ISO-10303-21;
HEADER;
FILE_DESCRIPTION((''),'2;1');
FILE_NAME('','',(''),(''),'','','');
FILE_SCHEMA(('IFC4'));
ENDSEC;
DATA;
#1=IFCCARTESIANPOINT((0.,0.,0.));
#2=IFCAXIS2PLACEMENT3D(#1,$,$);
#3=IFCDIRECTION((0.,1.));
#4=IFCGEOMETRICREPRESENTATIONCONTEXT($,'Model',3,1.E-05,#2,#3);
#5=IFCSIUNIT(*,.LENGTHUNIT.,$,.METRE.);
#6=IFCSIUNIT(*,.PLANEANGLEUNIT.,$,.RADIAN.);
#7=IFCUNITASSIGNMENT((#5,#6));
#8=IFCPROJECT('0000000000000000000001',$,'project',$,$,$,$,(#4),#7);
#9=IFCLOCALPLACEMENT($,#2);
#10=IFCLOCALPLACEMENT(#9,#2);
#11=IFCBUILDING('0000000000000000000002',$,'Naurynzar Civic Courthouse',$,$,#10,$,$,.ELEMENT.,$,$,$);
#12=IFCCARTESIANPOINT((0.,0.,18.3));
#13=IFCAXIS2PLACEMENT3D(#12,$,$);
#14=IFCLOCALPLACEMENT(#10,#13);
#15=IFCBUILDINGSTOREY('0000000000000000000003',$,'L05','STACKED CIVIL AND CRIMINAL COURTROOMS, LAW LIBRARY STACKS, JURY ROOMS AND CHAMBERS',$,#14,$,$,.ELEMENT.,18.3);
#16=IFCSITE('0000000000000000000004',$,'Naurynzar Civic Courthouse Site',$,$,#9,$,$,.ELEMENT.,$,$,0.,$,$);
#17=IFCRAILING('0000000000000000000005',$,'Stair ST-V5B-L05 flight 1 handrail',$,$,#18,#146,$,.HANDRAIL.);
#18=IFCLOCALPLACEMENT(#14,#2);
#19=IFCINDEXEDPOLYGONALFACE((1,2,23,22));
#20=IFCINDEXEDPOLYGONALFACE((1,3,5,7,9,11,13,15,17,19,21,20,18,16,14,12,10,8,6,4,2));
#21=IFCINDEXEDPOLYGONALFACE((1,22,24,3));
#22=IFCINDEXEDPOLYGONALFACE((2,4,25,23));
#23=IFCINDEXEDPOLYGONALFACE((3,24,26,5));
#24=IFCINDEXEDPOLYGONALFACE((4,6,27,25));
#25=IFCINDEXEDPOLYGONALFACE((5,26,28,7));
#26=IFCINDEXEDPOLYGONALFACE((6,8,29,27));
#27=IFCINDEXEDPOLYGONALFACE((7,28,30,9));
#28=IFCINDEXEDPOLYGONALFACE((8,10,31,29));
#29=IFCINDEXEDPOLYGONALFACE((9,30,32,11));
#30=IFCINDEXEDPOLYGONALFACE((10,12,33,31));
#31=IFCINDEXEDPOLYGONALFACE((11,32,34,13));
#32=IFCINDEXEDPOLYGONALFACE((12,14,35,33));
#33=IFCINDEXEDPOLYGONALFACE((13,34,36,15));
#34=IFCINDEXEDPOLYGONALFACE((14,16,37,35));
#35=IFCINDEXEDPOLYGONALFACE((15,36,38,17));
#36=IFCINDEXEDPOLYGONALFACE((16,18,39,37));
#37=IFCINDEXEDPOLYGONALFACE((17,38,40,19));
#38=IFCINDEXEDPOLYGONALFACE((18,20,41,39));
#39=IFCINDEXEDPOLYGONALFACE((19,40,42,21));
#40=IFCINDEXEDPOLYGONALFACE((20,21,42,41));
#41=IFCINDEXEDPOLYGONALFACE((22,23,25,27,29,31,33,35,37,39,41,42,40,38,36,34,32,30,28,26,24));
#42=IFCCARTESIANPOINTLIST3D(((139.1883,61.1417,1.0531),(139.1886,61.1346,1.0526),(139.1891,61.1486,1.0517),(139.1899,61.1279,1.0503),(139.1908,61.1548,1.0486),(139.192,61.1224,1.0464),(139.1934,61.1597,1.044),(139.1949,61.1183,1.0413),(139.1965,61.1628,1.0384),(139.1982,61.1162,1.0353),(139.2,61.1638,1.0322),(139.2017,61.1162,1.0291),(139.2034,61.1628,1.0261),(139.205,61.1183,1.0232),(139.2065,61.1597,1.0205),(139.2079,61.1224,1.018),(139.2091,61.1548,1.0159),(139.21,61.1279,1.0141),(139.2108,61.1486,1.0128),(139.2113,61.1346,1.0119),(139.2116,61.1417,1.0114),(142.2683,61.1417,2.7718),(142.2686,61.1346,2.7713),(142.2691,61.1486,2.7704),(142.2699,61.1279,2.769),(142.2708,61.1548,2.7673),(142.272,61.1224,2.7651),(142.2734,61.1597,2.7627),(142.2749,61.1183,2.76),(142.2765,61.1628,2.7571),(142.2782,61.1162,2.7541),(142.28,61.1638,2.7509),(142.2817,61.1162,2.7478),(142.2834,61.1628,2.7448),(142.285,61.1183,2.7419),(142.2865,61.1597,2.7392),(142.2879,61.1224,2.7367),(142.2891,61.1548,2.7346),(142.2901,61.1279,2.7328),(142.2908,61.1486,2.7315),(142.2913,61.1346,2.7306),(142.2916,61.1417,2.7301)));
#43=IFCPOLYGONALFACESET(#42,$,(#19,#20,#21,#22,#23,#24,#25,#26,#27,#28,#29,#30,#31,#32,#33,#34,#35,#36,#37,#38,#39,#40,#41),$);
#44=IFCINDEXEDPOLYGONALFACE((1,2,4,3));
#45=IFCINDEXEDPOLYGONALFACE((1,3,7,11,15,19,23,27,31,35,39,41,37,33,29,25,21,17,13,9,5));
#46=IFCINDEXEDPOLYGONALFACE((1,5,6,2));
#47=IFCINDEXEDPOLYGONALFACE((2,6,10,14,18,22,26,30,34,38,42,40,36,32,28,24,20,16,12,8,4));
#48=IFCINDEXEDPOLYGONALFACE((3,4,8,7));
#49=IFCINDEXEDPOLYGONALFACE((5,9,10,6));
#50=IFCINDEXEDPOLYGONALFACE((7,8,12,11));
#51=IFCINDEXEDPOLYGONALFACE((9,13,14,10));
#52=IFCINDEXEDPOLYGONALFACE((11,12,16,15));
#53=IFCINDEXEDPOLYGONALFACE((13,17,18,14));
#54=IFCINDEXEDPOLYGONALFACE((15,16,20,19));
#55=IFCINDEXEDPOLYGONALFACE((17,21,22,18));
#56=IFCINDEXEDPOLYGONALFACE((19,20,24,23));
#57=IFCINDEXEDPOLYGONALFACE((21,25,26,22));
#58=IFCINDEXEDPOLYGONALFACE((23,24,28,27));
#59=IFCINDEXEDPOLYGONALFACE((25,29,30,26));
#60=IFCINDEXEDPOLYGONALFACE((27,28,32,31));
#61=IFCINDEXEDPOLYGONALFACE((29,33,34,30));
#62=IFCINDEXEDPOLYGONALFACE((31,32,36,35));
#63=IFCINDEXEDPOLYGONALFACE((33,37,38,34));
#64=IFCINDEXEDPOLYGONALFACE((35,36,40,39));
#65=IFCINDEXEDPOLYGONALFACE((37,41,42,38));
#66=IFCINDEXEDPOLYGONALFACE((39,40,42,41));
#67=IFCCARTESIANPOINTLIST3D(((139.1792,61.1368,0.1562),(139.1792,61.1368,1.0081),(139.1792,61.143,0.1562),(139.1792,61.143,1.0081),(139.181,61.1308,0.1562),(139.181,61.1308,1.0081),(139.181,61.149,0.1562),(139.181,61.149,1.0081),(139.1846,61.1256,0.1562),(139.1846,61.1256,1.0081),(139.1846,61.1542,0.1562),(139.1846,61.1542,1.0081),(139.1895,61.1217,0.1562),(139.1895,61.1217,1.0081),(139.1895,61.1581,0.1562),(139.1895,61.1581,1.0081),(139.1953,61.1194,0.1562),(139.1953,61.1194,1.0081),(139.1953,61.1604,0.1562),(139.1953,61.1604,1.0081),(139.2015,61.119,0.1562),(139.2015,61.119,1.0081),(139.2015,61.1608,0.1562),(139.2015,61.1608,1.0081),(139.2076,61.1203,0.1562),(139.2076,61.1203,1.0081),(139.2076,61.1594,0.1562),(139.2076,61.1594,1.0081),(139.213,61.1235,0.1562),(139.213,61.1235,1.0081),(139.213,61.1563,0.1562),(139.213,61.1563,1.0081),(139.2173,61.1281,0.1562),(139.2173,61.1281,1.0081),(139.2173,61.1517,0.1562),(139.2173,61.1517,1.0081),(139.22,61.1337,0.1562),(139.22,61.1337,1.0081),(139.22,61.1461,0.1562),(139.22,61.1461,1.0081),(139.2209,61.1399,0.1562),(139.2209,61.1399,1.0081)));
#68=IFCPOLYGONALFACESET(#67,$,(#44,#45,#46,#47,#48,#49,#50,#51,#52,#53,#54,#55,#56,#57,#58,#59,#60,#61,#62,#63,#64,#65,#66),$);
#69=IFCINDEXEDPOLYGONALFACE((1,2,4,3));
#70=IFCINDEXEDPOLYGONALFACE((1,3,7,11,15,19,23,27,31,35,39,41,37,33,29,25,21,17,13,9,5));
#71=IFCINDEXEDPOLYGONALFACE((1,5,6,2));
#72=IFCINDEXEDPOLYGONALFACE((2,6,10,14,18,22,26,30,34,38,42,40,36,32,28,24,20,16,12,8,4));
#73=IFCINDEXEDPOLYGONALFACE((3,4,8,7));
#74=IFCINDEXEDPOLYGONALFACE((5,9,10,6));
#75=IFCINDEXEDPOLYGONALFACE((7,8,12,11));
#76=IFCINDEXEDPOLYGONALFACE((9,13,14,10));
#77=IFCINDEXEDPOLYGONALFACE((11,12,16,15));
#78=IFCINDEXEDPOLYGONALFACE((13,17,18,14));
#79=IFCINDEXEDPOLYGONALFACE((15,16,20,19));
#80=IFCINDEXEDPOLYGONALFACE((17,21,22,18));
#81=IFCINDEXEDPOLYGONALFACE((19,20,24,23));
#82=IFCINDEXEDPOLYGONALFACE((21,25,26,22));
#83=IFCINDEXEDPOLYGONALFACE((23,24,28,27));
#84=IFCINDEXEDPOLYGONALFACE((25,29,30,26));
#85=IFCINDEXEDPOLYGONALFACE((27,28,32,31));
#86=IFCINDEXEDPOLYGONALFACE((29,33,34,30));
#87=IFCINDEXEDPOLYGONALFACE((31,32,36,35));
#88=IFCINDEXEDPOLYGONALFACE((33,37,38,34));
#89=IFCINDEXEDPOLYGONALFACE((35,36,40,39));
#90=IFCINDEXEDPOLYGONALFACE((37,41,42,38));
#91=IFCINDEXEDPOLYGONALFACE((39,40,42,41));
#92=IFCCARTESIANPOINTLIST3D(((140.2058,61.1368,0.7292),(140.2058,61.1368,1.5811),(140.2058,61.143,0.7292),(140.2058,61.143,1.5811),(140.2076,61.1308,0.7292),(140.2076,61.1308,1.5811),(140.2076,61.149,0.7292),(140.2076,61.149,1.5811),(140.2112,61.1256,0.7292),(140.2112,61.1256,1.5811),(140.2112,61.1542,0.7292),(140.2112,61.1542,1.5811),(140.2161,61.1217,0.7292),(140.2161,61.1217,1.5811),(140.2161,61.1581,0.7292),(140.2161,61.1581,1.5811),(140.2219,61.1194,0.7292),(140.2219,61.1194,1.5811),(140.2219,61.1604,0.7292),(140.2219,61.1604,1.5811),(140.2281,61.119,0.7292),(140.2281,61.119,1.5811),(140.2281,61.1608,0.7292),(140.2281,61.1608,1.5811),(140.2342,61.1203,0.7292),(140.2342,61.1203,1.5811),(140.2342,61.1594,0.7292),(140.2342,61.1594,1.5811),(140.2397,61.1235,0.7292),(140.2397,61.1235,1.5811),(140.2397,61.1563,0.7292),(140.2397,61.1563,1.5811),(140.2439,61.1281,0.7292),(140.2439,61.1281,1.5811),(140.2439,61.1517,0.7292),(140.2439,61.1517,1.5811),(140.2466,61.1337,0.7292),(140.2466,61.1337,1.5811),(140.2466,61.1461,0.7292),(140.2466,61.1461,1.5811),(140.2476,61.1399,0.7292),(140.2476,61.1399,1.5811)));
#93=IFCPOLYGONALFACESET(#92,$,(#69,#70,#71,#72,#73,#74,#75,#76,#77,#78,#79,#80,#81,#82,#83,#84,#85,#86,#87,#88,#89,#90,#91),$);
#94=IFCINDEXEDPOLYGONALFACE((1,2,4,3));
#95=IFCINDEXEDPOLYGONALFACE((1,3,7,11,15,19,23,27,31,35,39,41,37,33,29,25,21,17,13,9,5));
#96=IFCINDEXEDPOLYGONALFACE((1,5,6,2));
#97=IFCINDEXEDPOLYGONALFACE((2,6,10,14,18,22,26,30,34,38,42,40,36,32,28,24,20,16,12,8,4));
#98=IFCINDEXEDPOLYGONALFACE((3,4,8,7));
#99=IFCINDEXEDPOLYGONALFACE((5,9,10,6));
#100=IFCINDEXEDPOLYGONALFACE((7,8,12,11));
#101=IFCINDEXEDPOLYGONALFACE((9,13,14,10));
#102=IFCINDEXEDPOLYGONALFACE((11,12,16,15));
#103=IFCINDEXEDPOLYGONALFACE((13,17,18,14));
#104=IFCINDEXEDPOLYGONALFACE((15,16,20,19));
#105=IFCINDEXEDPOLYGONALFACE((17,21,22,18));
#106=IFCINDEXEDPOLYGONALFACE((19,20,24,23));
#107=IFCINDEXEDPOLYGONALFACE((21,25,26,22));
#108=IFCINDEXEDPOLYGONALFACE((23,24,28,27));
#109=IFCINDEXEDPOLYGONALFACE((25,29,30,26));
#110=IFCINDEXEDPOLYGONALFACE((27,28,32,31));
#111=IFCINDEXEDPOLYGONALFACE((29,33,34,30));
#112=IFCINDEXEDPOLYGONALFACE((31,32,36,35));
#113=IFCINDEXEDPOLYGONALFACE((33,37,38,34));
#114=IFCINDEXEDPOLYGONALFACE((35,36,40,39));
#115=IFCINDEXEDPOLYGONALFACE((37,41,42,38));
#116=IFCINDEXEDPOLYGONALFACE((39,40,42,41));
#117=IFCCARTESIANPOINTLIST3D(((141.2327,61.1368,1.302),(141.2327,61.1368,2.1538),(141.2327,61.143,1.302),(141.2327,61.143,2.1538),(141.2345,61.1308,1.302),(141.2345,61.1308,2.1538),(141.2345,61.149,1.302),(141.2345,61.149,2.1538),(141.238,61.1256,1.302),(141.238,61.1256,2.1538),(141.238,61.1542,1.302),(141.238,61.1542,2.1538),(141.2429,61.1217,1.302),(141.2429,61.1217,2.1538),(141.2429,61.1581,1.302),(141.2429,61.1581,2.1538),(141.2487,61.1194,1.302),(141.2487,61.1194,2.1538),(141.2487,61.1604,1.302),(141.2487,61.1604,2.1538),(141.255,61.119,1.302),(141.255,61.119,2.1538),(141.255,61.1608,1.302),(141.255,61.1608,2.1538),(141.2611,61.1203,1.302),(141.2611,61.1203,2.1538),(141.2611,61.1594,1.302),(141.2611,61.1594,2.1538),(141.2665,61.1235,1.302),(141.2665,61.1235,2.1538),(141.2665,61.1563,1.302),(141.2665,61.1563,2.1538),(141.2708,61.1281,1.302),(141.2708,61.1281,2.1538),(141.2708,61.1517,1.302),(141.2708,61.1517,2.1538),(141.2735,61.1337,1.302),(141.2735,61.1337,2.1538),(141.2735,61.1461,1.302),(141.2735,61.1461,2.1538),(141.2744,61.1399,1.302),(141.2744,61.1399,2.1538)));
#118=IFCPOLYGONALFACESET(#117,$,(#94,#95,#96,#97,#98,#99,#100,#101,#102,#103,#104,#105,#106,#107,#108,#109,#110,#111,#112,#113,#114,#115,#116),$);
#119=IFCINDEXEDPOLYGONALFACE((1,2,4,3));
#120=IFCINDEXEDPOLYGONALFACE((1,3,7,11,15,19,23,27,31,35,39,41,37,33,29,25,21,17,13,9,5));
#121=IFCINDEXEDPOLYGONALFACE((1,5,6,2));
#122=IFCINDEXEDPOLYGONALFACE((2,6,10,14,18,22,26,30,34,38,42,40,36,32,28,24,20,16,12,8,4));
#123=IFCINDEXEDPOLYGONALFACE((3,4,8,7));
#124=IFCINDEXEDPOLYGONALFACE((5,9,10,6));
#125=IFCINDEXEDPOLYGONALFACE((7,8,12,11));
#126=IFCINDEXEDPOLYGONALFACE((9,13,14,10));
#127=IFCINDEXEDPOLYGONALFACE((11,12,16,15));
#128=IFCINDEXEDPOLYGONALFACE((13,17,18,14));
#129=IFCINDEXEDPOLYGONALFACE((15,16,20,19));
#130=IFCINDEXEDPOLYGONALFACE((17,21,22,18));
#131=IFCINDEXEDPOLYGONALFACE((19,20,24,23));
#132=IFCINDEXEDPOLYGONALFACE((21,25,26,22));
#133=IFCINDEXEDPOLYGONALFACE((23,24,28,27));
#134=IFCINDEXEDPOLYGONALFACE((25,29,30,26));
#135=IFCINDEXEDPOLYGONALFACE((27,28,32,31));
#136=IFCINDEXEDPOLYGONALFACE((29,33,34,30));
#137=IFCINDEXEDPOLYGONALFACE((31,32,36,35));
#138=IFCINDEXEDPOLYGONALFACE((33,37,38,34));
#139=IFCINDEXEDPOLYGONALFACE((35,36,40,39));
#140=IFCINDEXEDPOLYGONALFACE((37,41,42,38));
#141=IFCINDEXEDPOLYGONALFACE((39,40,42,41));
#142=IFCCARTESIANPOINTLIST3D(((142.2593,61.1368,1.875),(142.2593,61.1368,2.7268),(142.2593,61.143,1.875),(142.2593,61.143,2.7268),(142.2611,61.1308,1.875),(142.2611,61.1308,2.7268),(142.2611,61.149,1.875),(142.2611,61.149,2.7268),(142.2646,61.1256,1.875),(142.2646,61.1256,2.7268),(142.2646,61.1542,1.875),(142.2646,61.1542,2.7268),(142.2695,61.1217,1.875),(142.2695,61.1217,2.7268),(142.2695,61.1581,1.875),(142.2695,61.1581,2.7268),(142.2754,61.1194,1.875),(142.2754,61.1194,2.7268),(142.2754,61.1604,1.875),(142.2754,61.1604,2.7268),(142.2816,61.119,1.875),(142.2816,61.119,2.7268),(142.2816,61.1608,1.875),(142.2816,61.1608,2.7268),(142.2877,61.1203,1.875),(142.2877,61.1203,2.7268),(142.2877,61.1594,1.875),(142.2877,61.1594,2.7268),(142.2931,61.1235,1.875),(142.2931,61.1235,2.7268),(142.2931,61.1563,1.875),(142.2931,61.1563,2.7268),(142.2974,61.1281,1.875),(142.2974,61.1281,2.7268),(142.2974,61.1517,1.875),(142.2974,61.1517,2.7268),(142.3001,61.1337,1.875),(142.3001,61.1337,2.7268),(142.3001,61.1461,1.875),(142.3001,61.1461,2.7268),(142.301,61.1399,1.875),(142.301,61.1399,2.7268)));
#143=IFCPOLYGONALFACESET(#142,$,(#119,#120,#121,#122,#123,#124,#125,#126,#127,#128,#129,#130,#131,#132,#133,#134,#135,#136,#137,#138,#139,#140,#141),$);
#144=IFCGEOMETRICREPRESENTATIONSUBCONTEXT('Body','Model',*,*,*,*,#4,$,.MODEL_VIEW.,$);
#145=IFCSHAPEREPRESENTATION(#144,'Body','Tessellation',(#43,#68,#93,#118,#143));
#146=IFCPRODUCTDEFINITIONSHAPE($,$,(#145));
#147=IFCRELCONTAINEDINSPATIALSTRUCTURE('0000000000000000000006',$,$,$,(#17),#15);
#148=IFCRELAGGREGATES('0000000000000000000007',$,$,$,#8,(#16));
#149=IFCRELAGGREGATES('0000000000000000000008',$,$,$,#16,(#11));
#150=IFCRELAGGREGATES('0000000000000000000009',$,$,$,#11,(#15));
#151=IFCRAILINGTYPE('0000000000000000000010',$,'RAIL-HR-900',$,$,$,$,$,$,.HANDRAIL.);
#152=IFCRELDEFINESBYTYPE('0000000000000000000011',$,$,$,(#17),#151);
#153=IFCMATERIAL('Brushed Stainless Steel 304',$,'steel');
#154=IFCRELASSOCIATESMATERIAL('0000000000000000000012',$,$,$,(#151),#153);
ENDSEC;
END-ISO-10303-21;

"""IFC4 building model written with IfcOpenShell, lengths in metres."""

from ifc_helpers import new_model, si_unit, direction, frame, origin, origin_2d, place, context, subcontext, project, spatial, circle, extrude, material, type_object, element, save


model = new_model("IFC4")

# Units and contexts
model_context = context("Model", 3, precision=1e-05, world=origin(), true_north=direction((0.0, 1.0)))
body_context = subcontext(model_context, "Body", "Model", "MODEL_VIEW")
ifc_project = project(units=[si_unit("LENGTHUNIT", "METRE"), si_unit("PLANEANGLEUNIT", "RADIAN")], contexts=[model_context])

# Site, building, storey
site_placement = place(None, origin())
site = spatial("IfcSite", under=ifc_project, at=site_placement, Name="Naurynzar Civic Courthouse Site", CompositionType="ELEMENT", RefElevation=0.0)
building_placement = place(site_placement, origin())
building = spatial("IfcBuilding", under=site, at=building_placement, Name="Naurynzar Civic Courthouse", CompositionType="ELEMENT")
storey_placement = place(building_placement, frame((0.0, 0.0, 18.3)))
storey = spatial("IfcBuildingStorey", under=building, at=storey_placement, Name="L05", Description="STACKED CIVIL AND CRIMINAL COURTROOMS, LAW LIBRARY STACKS, JURY ROOMS AND CHAMBERS", CompositionType="ELEMENT", Elevation=18.3)

# Railing
ifc_material_1 = material(Name="Brushed Stainless Steel 304", Category="steel")
railing_type = type_object("IfcRailingType", Name="RAIL-HR-900", PredefinedType="HANDRAIL", material=ifc_material_1)
railing_placement = place(storey_placement, frame((139.2, 61.1399, 0.1562)))
element("IfcRailing", 1, at=railing_placement, inside=storey, type_object=railing_type, Name="Stair ST-V5B-L05 flight 1 handrail", PredefinedType="HANDRAIL", context=body_context, shape_type="SweptSolid", body=[
    extrude(circle(Radius=0.0239, at=origin_2d()), frame((0.0, 0.0, 0.876), z_axis=(0.873242, 0.0, 0.487288), x_axis=(0.0, 1.0, 0.0)), (0.0, 0.0, 1.0), 3.5271),
    extrude(circle(Radius=0.021, at=origin_2d()), origin(), (0.0, 0.0, 1.0), 0.8518),
    extrude(circle(Radius=0.021, at=origin_2d()), frame((1.0266, 0.0, 0.573)), (0.0, 0.0, 1.0), 0.8518),
    extrude(circle(Radius=0.021, at=origin_2d()), frame((2.0535, 0.0, 1.1458)), (0.0, 0.0, 1.0), 0.8518),
    extrude(circle(Radius=0.021, at=origin_2d()), frame((3.0801, 0.0, 1.7188)), (0.0, 0.0, 1.0), 0.8518),
])

save(model, "model.ifc")
